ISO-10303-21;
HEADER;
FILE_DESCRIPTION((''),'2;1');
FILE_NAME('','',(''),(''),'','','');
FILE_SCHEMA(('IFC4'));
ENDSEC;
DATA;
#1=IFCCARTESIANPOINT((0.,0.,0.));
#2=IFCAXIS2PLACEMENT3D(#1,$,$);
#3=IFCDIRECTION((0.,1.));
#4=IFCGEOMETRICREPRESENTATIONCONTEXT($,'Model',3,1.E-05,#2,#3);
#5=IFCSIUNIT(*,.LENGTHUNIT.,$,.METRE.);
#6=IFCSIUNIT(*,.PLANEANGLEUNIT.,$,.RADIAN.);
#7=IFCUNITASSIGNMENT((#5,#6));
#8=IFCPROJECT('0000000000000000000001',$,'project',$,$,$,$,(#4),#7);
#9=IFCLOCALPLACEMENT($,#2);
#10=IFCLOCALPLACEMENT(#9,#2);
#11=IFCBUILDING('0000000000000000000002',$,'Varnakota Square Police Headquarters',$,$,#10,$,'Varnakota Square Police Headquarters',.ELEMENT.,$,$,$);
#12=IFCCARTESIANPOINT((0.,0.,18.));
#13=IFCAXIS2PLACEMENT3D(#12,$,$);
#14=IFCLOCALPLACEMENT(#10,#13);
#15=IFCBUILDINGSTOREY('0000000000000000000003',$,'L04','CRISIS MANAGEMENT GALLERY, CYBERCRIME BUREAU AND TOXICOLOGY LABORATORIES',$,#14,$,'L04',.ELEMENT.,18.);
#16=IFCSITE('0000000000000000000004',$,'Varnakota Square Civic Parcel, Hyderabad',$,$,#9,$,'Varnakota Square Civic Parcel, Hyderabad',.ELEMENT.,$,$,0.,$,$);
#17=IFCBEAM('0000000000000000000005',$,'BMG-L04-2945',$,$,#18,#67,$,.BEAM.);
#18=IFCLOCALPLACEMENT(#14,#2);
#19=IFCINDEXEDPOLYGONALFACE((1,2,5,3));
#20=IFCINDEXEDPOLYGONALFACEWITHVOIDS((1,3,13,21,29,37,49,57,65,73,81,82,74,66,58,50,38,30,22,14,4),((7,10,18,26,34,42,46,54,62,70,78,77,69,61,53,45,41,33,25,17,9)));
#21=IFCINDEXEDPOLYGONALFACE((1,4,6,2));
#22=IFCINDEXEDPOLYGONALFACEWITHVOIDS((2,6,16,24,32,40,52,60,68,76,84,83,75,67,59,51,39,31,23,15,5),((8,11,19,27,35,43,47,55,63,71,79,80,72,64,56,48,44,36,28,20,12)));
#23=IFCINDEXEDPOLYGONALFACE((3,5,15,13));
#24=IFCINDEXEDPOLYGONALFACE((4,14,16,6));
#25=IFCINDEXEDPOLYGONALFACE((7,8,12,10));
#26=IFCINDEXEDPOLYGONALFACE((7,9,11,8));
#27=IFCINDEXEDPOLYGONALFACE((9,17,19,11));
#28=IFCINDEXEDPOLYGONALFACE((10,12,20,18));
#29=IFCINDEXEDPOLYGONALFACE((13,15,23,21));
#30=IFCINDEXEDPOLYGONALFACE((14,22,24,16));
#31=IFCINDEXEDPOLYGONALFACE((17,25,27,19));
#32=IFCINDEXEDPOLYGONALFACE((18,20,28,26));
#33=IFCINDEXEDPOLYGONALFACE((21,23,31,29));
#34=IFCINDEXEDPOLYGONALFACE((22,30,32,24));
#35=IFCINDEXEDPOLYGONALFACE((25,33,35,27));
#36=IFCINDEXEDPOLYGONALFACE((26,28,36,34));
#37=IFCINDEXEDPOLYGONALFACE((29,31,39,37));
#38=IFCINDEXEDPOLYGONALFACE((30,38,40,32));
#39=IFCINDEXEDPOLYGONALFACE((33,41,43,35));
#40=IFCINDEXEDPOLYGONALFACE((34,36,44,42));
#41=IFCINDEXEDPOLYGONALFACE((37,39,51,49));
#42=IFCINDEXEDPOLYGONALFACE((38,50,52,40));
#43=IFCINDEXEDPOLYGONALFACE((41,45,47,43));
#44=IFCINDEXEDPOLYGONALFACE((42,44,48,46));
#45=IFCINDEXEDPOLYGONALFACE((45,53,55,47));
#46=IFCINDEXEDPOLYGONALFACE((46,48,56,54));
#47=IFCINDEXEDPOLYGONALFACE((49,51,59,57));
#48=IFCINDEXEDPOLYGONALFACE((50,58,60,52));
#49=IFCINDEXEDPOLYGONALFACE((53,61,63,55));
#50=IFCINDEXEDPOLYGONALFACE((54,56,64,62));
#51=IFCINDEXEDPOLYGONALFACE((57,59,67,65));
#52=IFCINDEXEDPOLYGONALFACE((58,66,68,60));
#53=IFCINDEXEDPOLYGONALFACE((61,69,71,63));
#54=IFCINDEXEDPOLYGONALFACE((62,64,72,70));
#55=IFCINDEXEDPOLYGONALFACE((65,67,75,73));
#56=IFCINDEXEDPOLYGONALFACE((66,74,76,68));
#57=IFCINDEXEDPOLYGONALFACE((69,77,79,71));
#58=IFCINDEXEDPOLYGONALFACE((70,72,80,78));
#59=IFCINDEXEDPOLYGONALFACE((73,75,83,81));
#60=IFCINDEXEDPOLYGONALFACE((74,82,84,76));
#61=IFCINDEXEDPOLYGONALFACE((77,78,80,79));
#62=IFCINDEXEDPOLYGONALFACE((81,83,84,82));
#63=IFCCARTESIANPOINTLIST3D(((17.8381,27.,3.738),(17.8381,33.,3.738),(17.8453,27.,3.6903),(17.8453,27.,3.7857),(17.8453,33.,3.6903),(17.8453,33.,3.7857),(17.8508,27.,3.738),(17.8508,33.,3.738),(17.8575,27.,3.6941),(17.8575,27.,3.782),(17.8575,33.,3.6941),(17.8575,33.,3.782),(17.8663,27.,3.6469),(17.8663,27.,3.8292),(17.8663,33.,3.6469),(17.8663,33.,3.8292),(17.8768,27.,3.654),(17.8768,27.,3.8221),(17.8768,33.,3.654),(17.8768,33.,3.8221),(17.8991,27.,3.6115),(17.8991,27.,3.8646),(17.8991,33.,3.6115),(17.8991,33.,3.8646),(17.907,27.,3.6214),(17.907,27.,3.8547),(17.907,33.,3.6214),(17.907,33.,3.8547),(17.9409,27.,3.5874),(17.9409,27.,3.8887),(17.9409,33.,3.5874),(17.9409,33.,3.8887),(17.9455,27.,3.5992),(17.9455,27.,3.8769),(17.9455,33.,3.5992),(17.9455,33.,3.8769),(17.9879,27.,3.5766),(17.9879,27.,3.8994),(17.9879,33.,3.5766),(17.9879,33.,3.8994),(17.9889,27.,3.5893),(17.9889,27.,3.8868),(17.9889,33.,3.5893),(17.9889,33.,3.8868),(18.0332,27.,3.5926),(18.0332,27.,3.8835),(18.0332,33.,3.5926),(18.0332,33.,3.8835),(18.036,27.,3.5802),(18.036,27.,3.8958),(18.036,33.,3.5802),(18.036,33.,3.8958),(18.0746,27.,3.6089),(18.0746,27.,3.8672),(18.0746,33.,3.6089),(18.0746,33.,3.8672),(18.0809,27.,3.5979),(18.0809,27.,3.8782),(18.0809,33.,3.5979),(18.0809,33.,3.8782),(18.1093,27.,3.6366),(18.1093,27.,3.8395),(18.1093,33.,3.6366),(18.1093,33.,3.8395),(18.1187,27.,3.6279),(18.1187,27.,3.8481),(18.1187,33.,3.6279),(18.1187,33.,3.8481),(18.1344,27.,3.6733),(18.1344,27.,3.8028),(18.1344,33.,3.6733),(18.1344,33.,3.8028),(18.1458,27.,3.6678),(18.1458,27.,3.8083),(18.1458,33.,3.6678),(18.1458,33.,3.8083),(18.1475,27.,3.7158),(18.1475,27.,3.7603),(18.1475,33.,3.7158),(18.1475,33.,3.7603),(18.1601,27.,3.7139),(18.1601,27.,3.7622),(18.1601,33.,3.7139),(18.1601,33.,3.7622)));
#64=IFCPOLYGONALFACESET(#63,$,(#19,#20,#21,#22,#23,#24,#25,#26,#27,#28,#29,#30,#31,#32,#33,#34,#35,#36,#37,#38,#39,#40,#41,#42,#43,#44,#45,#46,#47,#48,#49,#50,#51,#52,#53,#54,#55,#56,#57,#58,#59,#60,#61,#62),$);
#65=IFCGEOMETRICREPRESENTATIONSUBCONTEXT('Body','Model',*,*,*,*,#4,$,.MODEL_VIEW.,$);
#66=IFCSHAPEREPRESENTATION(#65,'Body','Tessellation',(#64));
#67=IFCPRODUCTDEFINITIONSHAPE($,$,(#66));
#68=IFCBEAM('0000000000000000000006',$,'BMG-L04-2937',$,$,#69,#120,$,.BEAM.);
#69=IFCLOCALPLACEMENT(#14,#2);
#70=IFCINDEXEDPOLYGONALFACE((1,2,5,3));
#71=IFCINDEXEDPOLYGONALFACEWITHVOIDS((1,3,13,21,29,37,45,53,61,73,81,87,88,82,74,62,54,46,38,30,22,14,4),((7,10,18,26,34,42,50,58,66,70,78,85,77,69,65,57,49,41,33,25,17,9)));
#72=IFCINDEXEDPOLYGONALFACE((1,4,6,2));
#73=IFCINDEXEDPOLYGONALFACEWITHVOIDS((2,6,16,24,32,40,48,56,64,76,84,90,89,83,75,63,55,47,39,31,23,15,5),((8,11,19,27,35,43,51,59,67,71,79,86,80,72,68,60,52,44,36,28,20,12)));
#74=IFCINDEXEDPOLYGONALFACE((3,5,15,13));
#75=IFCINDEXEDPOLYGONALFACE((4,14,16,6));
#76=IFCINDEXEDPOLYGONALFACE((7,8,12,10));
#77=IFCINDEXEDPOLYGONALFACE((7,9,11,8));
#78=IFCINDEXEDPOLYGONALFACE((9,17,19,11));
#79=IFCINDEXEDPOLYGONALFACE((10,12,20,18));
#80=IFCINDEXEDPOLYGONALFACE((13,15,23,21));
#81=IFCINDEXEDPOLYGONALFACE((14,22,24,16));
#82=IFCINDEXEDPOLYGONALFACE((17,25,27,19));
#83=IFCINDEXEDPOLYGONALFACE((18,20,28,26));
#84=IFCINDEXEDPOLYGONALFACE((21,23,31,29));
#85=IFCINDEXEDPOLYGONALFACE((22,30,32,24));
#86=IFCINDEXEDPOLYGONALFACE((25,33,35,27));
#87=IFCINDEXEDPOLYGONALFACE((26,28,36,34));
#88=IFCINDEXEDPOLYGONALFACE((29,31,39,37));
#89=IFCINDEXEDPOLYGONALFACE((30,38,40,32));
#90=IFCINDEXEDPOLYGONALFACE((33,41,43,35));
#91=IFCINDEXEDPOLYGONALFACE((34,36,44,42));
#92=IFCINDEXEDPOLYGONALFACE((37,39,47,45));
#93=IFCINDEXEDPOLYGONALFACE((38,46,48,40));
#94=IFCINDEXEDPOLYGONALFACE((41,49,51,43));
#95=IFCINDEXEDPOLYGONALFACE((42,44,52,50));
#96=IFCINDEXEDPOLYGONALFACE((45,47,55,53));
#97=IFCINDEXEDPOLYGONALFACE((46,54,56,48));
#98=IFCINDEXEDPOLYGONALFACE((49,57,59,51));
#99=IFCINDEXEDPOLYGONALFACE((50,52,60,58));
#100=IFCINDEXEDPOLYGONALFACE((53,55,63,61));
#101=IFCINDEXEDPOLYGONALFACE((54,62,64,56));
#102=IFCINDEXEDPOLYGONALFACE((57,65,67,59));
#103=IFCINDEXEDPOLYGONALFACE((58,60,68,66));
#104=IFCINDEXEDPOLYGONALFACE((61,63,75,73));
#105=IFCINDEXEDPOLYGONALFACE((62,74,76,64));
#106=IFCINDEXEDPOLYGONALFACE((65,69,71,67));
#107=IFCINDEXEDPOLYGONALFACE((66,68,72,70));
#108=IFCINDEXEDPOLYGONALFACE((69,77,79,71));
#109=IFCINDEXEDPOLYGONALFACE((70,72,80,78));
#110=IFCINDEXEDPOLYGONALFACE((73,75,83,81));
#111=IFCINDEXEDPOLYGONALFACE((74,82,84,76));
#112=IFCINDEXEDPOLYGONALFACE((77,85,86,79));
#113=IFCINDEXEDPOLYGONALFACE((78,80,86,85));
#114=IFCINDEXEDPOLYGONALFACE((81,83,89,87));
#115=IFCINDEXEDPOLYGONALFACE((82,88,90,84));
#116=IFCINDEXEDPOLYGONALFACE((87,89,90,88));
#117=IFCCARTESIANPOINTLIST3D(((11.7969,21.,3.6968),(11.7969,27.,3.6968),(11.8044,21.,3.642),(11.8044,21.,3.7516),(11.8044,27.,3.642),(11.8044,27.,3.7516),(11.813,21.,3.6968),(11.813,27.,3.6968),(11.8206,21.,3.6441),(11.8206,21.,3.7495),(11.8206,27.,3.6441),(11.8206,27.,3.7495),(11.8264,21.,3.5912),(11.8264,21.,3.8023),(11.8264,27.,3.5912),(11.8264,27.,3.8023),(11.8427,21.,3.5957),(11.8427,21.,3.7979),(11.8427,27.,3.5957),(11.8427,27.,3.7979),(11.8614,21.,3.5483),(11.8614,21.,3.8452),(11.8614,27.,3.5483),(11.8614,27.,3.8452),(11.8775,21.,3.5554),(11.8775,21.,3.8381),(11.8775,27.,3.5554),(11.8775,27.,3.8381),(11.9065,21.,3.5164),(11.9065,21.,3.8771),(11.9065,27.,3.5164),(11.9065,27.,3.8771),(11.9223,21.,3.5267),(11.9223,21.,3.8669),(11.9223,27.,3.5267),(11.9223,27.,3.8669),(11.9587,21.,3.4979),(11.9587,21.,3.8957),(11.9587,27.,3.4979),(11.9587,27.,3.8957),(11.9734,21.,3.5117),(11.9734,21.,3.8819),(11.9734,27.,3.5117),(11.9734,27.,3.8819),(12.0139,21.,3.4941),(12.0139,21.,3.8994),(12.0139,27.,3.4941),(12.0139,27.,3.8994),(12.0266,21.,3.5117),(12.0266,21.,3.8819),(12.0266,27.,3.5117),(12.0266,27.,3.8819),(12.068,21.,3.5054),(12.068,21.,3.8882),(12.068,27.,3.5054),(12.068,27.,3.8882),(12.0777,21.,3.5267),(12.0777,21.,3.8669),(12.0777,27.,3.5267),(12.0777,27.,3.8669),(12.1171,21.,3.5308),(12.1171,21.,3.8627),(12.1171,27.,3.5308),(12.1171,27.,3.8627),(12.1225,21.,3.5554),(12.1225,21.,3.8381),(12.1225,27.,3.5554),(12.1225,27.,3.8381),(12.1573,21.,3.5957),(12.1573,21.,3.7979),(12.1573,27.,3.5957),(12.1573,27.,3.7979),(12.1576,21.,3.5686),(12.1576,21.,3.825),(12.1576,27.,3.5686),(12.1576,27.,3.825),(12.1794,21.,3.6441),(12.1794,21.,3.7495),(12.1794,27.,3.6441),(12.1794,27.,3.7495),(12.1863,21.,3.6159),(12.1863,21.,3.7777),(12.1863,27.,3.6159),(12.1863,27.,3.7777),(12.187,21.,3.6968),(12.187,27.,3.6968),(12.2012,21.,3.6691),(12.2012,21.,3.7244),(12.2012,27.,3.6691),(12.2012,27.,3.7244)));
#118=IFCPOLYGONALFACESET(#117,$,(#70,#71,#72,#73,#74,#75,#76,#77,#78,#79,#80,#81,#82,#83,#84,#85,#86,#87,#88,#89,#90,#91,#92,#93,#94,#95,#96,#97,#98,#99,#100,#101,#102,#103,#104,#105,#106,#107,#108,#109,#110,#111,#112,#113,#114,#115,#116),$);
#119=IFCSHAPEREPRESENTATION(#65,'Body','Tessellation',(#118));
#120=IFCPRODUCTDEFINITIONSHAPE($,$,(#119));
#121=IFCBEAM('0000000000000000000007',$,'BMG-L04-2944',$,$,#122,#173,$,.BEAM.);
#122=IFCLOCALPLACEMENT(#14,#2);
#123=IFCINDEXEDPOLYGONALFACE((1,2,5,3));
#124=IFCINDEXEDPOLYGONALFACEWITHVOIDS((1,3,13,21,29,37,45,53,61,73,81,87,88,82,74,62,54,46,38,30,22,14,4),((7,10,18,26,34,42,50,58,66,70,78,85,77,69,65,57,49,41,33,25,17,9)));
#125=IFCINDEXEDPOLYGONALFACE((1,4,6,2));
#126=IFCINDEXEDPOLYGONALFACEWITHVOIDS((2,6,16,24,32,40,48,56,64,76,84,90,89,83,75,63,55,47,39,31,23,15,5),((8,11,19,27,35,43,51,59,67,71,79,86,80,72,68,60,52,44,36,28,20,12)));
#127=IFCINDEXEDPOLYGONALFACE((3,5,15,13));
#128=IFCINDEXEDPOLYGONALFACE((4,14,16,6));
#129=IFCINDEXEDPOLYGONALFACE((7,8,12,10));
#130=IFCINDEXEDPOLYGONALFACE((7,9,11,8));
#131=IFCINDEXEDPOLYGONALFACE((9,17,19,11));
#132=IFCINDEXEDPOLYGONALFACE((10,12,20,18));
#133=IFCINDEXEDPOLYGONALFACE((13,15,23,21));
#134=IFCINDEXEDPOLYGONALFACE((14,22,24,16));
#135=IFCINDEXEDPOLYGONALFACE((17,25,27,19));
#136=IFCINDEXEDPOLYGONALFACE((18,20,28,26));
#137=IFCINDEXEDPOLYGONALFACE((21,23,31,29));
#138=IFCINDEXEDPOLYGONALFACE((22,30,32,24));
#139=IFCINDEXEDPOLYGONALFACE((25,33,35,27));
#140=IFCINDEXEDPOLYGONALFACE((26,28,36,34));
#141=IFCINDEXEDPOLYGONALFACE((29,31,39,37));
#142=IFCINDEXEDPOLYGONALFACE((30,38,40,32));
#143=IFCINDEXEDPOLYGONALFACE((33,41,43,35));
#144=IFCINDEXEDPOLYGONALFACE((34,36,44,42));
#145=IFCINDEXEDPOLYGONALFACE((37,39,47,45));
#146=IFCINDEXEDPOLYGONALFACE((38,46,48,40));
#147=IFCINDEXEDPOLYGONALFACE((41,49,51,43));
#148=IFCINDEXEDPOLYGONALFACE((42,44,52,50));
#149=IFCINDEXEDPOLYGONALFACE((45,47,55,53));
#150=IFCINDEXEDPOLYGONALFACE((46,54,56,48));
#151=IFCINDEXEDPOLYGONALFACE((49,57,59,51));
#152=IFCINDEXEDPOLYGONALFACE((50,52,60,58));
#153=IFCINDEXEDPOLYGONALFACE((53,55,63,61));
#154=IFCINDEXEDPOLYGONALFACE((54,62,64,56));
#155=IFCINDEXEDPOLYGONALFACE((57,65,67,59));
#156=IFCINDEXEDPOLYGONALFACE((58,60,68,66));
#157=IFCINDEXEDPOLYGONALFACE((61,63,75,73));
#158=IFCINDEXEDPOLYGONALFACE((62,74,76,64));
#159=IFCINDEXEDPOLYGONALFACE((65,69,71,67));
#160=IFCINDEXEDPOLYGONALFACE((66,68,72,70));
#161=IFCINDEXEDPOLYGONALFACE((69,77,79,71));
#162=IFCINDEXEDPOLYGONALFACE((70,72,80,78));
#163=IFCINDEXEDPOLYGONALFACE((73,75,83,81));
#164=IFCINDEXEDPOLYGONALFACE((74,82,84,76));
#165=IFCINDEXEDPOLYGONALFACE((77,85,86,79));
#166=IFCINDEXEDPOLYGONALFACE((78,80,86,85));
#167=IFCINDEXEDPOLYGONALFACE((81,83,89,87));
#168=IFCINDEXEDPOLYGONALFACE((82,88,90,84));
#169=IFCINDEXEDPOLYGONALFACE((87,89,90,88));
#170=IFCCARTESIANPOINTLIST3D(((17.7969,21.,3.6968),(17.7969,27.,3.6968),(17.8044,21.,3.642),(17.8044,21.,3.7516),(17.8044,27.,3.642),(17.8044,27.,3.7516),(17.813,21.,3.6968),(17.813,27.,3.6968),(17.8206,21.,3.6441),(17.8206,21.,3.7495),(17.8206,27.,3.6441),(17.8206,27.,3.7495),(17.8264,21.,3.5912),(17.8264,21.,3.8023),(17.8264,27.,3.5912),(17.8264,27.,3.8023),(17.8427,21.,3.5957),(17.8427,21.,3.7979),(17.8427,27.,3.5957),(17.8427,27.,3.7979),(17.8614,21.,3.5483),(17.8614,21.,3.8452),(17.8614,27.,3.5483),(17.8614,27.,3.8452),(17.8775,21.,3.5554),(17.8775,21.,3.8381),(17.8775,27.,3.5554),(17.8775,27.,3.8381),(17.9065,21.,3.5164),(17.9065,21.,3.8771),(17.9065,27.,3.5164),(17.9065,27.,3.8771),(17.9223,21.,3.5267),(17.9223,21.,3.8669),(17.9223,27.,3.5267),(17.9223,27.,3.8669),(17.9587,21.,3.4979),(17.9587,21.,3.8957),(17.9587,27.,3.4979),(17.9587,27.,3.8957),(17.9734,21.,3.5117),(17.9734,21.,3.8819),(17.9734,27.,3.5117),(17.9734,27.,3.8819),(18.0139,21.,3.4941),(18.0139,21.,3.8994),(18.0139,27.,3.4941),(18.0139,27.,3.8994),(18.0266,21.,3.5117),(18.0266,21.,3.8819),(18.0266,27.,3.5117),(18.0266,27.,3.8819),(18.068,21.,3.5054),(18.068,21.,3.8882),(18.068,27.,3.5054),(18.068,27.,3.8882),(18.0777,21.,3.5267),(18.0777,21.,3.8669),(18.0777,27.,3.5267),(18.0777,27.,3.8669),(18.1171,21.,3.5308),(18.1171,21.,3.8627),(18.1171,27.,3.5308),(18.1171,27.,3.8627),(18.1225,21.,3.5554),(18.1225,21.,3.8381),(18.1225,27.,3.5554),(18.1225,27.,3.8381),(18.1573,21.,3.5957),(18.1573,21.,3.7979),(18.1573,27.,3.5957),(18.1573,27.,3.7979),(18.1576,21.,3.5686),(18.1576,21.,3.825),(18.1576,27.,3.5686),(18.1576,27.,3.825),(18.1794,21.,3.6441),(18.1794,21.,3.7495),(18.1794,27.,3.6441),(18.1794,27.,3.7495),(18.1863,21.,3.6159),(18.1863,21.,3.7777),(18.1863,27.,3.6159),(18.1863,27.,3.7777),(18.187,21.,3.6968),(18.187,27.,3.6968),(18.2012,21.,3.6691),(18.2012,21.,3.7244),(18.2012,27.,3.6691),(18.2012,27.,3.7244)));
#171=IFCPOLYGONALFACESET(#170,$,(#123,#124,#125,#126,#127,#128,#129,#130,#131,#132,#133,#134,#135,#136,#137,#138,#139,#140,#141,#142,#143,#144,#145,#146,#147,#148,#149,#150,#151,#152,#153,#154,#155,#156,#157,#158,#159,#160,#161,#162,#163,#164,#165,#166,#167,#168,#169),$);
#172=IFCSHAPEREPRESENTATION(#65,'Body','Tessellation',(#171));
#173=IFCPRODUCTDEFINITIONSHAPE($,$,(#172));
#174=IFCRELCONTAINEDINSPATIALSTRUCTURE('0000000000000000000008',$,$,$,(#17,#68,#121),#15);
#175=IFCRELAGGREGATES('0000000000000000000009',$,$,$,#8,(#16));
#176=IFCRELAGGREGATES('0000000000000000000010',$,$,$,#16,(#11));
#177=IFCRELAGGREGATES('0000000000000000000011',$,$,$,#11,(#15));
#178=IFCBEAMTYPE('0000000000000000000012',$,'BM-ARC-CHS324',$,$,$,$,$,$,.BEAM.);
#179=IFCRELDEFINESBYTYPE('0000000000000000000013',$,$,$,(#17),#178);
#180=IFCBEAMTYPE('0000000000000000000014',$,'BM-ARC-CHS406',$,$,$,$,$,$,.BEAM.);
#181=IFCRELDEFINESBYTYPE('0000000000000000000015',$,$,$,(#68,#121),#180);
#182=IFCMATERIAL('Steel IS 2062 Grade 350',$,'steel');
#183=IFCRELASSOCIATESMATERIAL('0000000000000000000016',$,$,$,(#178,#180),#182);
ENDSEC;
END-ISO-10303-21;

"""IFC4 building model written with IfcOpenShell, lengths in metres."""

from ifc_helpers import new_model, si_unit, direction, frame, origin, origin_2d, place, context, subcontext, project, spatial, hollow_circle, extrude, material, material_profile, profile_set, type_object, element, save


model = new_model("IFC4")

# Units and contexts
model_context = context("Model", 3, precision=1e-05, world=origin(), true_north=direction((0.0, 1.0)))
body_context = subcontext(model_context, "Body", "Model", "MODEL_VIEW")
ifc_project = project(units=[si_unit("LENGTHUNIT", "METRE"), si_unit("PLANEANGLEUNIT", "RADIAN")], contexts=[model_context])

# Site, building, storey
site_placement = place(None, origin())
site = spatial("IfcSite", under=ifc_project, at=site_placement, Name="Varnakota Square Civic Parcel, Hyderabad", LongName="Varnakota Square Civic Parcel, Hyderabad", CompositionType="ELEMENT", RefElevation=0.0)
building_placement = place(site_placement, origin())
building = spatial("IfcBuilding", under=site, at=building_placement, Name="Varnakota Square Police Headquarters", LongName="Varnakota Square Police Headquarters", CompositionType="ELEMENT")
storey_placement = place(building_placement, frame((0.0, 0.0, 18.0)))
storey = spatial("IfcBuildingStorey", under=building, at=storey_placement, Name="L04", Description="CRISIS MANAGEMENT GALLERY, CYBERCRIME BUREAU AND TOXICOLOGY LABORATORIES", LongName="L04", CompositionType="ELEMENT", Elevation=18.0)

# Shared definitions
ifc_material_1 = material(Name="Steel IS 2062 Grade 350", Category="steel")

# Beams
ifc_material_profile_1 = material_profile(ifc_material_1, hollow_circle(Radius=0.1619, WallThickness=0.0127, at=origin_2d()), Name="CHS 323.9x12.7")
ifc_profile_set_1 = profile_set([ifc_material_profile_1], Name="Steel IS 2062 Grade 350")
beam_type_1 = type_object("IfcBeamType", Name="BM-ARC-CHS324", PredefinedType="BEAM", material=ifc_profile_set_1)
for number, where, z_axis, x_axis, name in (
    (1, (18.0, 27.0, 3.738), (0.0, 1.0, 0.0), (-1.0, 0.0, 0.0), "BMG-L04-2945"),
):
    element("IfcBeam", number, at=place(storey_placement, frame(where, z_axis=z_axis, x_axis=x_axis)), inside=storey, type_object=beam_type_1, Name=name, PredefinedType="BEAM", context=body_context, shape_type="SweptSolid", body=[
        extrude(hollow_circle(Radius=0.1619, WallThickness=0.0127, at=origin_2d()), origin(), (0.0, 0.0, 1.0), 6.0),
    ])
ifc_material_profile_2 = material_profile(ifc_material_1, hollow_circle(Radius=0.2031, WallThickness=0.0161, at=origin_2d()), Name="CHS 406.4x16.0")
ifc_profile_set_2 = profile_set([ifc_material_profile_2], Name="Steel IS 2062 Grade 350")
beam_type_2 = type_object("IfcBeamType", Name="BM-ARC-CHS406", PredefinedType="BEAM", material=ifc_profile_set_2)
for number, where, z_axis, x_axis, name in (
    (2, (12.0, 21.0, 3.6968), (0.0, 1.0, 0.0), (-1.0, 0.0, 0.0), "BMG-L04-2937"),
    (3, (18.0, 21.0, 3.6968), (0.0, 1.0, 0.0), (-1.0, 0.0, 0.0), "BMG-L04-2944"),
):
    element("IfcBeam", number, at=place(storey_placement, frame(where, z_axis=z_axis, x_axis=x_axis)), inside=storey, type_object=beam_type_2, Name=name, PredefinedType="BEAM", context=body_context, shape_type="SweptSolid", body=[
        extrude(hollow_circle(Radius=0.2031, WallThickness=0.0161, at=origin_2d()), origin(), (0.0, 0.0, 1.0), 6.0),
    ])

save(model, "model.ifc")
